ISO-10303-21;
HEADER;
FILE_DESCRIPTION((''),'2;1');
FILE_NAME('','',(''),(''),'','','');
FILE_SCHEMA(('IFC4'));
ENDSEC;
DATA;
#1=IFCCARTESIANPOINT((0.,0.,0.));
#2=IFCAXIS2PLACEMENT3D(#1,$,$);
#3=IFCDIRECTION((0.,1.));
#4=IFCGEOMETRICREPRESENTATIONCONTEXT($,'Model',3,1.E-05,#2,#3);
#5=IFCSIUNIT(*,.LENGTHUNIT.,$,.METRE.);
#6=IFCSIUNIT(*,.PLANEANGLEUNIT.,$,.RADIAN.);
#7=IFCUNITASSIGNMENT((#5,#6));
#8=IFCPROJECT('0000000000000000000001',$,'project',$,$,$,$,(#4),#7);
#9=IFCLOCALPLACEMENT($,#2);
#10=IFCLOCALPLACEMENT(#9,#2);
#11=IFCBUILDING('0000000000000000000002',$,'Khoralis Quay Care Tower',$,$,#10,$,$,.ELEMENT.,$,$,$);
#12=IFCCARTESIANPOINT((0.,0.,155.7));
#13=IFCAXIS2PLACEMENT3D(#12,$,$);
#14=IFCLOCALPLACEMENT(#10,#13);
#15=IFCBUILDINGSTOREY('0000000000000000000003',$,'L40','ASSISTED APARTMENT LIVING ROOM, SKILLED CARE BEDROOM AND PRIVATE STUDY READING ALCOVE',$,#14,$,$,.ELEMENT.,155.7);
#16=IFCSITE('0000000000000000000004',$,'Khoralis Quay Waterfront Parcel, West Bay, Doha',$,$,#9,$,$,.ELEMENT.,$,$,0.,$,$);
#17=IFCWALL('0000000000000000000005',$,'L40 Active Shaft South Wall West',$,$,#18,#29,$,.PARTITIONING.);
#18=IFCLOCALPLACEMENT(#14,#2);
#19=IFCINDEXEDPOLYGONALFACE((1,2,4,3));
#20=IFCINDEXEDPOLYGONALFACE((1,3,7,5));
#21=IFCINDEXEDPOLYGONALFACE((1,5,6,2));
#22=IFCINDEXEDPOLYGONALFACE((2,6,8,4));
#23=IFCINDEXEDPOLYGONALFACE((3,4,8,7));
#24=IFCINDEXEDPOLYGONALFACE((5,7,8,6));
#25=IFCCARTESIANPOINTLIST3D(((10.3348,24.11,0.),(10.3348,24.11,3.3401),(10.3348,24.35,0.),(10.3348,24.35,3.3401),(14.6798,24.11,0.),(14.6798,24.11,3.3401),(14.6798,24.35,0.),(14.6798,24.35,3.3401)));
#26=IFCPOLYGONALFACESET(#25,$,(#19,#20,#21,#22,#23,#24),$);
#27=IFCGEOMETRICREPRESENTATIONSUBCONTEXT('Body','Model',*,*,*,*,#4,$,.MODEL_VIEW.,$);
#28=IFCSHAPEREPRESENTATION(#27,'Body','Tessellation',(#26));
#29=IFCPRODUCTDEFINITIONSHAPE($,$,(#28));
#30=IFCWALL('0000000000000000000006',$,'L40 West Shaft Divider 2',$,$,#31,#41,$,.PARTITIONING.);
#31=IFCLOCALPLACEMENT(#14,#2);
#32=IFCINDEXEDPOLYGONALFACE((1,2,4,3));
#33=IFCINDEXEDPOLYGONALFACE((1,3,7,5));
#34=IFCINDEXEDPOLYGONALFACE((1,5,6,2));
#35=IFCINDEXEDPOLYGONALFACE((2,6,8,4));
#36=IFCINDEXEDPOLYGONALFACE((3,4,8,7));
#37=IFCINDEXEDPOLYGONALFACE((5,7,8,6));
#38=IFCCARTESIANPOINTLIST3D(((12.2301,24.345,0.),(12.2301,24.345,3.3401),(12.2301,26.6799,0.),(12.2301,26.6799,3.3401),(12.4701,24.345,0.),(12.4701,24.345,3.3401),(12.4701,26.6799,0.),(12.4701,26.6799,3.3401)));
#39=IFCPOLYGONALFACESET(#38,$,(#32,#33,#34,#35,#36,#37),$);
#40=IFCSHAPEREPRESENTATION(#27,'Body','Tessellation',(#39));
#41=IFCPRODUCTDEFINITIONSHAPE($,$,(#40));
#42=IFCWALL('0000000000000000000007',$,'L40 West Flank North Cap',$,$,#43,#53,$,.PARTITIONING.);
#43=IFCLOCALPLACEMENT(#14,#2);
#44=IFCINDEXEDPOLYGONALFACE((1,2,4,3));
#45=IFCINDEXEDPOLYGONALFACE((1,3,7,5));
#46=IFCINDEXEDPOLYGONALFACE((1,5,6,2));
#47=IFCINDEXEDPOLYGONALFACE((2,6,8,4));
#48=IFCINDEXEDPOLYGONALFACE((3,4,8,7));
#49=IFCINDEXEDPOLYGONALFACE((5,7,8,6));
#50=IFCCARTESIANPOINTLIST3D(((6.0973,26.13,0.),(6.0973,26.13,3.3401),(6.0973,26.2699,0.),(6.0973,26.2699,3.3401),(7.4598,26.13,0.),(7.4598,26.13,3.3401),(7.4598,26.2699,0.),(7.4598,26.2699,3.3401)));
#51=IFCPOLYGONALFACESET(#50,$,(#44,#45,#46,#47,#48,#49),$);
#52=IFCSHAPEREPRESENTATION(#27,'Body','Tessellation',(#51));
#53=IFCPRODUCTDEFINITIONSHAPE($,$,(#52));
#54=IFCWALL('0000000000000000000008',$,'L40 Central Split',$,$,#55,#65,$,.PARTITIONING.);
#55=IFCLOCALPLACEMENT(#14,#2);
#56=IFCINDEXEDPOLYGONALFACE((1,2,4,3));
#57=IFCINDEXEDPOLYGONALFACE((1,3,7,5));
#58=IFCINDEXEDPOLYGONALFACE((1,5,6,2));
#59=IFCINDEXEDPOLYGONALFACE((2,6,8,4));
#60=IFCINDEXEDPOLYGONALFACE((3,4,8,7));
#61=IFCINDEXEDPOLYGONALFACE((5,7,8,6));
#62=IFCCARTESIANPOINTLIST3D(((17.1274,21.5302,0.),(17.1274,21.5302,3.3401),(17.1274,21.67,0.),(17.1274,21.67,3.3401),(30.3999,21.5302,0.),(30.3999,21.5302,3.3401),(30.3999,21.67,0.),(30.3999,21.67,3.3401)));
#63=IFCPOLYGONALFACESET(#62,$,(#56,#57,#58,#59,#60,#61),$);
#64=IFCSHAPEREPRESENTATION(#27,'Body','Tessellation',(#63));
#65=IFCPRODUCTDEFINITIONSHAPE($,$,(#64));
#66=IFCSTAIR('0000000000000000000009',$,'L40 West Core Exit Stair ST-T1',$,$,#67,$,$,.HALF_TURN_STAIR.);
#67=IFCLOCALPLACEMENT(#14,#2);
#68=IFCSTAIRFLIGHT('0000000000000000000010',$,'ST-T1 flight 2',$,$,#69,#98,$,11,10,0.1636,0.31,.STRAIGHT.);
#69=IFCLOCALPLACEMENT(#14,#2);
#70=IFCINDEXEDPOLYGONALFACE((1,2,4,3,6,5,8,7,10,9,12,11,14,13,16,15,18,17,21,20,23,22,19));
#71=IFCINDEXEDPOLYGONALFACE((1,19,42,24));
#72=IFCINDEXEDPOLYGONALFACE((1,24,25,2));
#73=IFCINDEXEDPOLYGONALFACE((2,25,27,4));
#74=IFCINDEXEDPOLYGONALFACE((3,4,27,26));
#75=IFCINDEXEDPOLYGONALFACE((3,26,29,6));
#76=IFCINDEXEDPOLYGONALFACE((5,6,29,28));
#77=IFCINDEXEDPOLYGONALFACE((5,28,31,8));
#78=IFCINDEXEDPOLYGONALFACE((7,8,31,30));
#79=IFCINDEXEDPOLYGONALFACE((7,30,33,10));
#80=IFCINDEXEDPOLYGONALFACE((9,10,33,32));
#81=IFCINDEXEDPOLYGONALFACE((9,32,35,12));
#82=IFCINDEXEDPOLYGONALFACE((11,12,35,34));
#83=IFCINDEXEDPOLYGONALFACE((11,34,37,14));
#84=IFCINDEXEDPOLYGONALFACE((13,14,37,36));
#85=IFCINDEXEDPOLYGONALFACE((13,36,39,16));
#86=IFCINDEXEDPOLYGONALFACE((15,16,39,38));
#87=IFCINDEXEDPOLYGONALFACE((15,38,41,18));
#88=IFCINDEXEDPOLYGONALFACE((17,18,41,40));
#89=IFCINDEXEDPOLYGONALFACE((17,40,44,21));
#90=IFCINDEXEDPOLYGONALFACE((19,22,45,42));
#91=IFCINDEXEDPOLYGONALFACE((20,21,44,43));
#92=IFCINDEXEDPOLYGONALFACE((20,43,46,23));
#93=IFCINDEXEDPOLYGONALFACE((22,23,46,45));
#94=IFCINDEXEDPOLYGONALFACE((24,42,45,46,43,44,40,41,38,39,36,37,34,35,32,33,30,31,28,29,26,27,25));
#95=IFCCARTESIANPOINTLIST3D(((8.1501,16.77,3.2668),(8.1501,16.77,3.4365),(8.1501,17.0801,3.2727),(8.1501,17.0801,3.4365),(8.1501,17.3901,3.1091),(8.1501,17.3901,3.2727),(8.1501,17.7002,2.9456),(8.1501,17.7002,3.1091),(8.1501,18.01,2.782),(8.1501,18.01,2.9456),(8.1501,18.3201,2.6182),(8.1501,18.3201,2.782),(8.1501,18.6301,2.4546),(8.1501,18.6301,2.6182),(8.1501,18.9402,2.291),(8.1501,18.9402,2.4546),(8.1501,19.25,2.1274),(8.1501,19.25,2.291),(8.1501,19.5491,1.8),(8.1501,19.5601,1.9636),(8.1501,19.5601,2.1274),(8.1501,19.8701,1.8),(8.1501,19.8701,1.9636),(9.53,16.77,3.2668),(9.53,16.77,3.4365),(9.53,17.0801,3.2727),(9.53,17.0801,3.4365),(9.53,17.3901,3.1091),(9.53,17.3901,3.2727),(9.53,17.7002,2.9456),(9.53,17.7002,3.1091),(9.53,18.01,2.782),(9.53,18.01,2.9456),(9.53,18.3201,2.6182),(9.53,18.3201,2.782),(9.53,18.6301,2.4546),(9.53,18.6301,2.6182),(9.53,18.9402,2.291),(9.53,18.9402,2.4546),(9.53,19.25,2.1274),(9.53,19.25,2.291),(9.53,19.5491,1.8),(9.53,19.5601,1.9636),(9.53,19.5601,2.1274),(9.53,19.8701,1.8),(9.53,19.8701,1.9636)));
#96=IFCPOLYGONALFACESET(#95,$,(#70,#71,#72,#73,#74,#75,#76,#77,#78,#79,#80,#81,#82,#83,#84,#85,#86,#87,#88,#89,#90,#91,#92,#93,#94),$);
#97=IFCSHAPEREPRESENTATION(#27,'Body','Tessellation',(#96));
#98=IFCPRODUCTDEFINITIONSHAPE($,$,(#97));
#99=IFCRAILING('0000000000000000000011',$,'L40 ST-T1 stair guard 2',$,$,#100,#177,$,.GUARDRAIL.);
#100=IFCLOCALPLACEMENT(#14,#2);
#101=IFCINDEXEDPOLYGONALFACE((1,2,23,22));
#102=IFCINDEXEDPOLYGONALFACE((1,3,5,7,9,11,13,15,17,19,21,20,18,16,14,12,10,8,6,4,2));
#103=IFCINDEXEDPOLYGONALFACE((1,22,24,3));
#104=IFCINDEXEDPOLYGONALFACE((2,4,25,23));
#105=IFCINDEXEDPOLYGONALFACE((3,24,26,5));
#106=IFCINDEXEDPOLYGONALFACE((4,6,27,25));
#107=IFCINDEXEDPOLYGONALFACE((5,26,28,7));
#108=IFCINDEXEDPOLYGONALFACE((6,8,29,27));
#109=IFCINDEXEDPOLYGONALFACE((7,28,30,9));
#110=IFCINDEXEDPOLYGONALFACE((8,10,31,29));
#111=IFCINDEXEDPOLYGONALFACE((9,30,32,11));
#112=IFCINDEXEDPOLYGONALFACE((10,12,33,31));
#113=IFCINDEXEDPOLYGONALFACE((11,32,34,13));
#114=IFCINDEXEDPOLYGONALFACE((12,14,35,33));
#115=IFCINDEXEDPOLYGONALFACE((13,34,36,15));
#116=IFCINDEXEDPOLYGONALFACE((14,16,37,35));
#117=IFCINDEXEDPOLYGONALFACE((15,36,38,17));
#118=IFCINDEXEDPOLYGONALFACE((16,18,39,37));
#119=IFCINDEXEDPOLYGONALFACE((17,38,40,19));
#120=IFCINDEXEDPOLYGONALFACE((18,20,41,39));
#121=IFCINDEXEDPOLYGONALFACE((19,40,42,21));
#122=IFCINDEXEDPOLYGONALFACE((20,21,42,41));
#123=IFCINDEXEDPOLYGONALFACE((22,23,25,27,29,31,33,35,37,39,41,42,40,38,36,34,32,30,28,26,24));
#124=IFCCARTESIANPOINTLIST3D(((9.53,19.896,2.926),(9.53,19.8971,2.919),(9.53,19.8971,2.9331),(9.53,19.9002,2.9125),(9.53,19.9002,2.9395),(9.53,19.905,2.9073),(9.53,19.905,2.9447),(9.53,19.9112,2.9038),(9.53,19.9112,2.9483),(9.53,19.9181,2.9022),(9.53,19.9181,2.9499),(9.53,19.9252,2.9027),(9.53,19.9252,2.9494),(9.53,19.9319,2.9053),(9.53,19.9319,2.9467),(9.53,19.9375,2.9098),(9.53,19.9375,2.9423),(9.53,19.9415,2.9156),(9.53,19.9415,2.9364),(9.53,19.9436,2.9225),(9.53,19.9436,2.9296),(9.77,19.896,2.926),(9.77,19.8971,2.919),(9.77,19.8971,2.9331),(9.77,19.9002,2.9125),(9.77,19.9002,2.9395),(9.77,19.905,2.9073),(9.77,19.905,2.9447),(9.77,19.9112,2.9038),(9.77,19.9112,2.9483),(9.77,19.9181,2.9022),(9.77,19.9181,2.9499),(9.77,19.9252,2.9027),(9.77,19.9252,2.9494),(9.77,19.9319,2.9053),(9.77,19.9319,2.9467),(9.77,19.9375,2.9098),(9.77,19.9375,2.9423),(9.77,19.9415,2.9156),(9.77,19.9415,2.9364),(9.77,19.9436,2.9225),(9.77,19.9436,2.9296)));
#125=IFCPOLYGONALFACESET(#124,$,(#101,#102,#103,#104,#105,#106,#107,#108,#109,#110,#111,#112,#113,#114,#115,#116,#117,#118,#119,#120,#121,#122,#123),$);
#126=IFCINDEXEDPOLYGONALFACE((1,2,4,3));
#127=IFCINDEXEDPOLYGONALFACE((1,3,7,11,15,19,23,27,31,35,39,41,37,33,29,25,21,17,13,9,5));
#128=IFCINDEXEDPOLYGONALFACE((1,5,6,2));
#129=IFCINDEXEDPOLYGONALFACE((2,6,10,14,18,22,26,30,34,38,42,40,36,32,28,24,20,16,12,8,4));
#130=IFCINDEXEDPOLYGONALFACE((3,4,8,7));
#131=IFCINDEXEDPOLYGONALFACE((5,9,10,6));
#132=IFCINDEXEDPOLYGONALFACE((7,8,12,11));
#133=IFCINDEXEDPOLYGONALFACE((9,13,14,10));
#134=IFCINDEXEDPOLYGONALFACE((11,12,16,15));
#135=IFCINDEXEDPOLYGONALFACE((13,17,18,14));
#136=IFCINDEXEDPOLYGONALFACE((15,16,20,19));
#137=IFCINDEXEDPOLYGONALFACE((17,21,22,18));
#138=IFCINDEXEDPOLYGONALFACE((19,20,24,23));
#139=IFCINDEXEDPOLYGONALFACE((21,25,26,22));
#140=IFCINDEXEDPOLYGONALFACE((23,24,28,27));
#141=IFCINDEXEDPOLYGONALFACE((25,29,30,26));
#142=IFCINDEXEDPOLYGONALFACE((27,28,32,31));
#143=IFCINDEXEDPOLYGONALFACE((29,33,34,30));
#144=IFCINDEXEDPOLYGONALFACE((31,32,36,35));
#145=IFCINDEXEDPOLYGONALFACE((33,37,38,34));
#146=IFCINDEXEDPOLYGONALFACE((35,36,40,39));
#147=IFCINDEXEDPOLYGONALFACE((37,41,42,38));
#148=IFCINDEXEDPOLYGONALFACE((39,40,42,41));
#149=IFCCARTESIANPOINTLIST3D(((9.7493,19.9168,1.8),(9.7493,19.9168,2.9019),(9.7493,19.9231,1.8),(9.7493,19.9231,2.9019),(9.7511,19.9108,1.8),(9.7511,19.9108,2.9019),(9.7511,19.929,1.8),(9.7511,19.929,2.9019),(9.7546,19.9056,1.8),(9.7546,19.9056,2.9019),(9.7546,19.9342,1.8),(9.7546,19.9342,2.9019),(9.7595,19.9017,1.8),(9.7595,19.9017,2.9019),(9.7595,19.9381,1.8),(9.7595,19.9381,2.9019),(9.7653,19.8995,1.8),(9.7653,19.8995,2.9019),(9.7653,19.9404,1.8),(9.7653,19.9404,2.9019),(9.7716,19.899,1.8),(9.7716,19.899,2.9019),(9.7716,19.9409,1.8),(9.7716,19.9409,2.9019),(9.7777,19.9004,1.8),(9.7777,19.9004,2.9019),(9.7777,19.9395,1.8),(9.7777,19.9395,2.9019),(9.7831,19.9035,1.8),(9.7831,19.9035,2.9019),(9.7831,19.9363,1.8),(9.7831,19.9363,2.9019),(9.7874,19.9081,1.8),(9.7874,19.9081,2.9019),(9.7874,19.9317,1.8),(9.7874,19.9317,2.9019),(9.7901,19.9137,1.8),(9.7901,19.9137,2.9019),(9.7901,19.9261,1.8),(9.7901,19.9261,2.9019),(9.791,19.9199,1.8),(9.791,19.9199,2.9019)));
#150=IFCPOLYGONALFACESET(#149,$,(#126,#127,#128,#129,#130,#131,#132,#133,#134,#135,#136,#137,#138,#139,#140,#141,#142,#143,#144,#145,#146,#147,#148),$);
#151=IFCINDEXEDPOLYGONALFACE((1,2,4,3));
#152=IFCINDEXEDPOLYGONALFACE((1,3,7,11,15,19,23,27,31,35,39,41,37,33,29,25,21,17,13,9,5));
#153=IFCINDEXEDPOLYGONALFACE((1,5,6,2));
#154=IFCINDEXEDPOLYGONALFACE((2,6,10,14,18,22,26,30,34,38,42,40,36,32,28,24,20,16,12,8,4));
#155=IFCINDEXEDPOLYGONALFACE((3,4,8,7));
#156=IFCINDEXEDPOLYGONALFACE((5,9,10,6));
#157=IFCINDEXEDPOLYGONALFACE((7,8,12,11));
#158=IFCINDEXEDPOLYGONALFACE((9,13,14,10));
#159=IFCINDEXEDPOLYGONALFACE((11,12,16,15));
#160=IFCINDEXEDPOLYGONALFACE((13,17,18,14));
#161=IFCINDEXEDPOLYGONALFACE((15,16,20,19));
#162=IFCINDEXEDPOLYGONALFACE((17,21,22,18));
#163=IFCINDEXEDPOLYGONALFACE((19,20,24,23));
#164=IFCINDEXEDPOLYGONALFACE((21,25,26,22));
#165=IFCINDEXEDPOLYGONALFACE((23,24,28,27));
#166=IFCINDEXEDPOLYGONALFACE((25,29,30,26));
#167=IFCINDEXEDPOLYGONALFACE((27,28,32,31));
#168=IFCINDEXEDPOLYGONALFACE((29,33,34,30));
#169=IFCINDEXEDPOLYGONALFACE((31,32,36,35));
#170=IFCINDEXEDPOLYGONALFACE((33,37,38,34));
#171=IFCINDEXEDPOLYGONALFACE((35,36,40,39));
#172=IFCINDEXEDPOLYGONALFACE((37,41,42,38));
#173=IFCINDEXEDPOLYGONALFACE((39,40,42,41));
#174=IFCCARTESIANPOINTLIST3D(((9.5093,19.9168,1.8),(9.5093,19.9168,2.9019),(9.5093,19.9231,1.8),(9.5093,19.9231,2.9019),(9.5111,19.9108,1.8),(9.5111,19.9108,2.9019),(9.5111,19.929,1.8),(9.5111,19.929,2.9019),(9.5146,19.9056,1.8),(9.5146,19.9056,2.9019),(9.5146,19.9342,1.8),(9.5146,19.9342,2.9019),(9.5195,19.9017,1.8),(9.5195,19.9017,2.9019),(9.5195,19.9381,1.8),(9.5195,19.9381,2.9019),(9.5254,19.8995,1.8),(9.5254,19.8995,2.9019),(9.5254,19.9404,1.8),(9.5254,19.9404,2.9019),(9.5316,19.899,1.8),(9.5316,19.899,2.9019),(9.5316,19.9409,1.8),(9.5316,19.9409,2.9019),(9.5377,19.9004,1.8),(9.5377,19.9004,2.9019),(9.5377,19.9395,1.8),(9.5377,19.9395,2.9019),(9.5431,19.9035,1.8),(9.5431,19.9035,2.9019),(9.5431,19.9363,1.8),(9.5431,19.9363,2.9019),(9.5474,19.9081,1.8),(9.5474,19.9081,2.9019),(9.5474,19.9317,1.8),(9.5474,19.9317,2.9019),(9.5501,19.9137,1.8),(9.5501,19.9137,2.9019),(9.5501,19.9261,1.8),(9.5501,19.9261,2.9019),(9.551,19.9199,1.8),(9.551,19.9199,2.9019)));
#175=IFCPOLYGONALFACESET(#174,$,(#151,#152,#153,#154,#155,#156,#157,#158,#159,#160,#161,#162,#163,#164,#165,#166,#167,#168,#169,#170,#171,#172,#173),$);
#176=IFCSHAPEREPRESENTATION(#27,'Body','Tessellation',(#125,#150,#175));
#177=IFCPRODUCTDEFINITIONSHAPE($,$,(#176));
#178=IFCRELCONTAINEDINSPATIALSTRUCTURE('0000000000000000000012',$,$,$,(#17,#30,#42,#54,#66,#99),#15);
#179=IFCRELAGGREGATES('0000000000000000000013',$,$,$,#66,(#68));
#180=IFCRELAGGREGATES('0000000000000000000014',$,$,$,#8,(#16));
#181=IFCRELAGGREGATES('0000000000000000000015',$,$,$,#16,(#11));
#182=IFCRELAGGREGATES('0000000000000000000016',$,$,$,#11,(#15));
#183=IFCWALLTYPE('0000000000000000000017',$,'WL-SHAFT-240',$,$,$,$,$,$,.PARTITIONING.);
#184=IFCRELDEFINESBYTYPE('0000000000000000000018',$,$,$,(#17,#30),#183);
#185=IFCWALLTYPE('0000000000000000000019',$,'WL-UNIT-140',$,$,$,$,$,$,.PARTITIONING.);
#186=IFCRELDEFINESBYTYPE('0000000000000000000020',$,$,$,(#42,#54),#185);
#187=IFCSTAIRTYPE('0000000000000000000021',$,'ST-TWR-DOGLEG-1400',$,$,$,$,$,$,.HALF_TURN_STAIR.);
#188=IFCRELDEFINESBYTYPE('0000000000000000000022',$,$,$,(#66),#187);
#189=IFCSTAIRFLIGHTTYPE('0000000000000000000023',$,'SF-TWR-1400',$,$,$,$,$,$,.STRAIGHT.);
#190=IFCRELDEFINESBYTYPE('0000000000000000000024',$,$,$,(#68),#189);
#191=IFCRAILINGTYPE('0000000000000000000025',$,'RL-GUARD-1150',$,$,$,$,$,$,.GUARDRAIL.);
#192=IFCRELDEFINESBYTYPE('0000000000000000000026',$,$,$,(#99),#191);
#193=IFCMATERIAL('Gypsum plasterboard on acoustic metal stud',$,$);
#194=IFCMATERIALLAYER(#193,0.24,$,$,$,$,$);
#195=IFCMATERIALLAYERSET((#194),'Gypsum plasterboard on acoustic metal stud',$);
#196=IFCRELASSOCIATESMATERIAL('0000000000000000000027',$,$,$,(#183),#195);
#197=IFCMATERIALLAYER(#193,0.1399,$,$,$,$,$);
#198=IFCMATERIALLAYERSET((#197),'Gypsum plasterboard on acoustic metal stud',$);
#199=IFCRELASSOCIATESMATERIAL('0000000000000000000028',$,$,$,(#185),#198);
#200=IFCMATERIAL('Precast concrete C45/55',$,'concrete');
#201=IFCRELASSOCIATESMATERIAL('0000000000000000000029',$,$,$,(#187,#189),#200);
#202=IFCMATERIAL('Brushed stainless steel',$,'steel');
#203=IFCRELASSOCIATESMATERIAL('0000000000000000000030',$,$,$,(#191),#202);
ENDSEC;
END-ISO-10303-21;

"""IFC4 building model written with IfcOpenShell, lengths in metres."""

from ifc_helpers import new_model, si_unit, direction, frame, frame_2d, origin, origin_2d, place, context, subcontext, project, spatial, polyline, rectangle, circle, outline, extrude, source, transform, mapped, material, layer, layer_set, type_object, element, aggregate, save


model = new_model("IFC4")

# Units and contexts
model_context = context("Model", 3, precision=1e-05, world=origin(), true_north=direction((0.0, 1.0)))
body_context = subcontext(model_context, "Body", "Model", "MODEL_VIEW")
ifc_project = project(units=[si_unit("LENGTHUNIT", "METRE"), si_unit("PLANEANGLEUNIT", "RADIAN")], contexts=[model_context])

# Site, building, storey
site_placement = place(None, origin())
site = spatial("IfcSite", under=ifc_project, at=site_placement, Name="Khoralis Quay Waterfront Parcel, West Bay, Doha", CompositionType="ELEMENT", RefElevation=0.0)
building_placement = place(site_placement, origin())
building = spatial("IfcBuilding", under=site, at=building_placement, Name="Khoralis Quay Care Tower", CompositionType="ELEMENT")
storey_placement = place(building_placement, frame((0.0, 0.0, 155.7)))
storey = spatial("IfcBuildingStorey", under=building, at=storey_placement, Name="L40", Description="ASSISTED APARTMENT LIVING ROOM, SKILLED CARE BEDROOM AND PRIVATE STUDY READING ALCOVE", CompositionType="ELEMENT", Elevation=155.7)

# Shared definitions
ifc_material_1 = material(Name="Brushed stainless steel", Category="steel")

# Walls
ifc_material_2 = material(Name="Gypsum plasterboard on acoustic metal stud")
ifc_layer_1 = layer(ifc_material_2, 0.24)
ifc_layer_set_1 = layer_set([ifc_layer_1], Name="Gypsum plasterboard on acoustic metal stud")
wall_type_1 = type_object("IfcWallType", Name="WL-SHAFT-240", PredefinedType="PARTITIONING", material=ifc_layer_set_1)
wall_1_placement = place(storey_placement, frame((10.335, 24.23, 0.0), z_axis=(0.0, 0.0, 1.0), x_axis=(1.0, 0.0, 0.0)))
element("IfcWall", 1, at=wall_1_placement, inside=storey, type_object=wall_type_1, Name="L40 Active Shaft South Wall West", PredefinedType="PARTITIONING", context=body_context, shape_type="SweptSolid", body=[
    extrude(rectangle(XDim=4.345, YDim=0.24, at=frame_2d((2.1724, 0.0))), origin(), (0.0, 0.0, 1.0), 3.3401),
])
wall_2_placement = place(storey_placement, frame((12.3501, 24.345, 0.0), z_axis=(0.0, 0.0, 1.0), x_axis=(0.0, 1.0, 0.0)))
element("IfcWall", 2, at=wall_2_placement, inside=storey, type_object=wall_type_1, Name="L40 West Shaft Divider 2", PredefinedType="PARTITIONING", context=body_context, shape_type="SweptSolid", body=[
    extrude(rectangle(XDim=2.335, YDim=0.24, at=frame_2d((1.1675, 0.0))), origin(), (0.0, 0.0, 1.0), 3.3401),
])
ifc_layer_2 = layer(ifc_material_2, 0.1399)
ifc_layer_set_2 = layer_set([ifc_layer_2], Name="Gypsum plasterboard on acoustic metal stud")
wall_type_2 = type_object("IfcWallType", Name="WL-UNIT-140", PredefinedType="PARTITIONING", material=ifc_layer_set_2)
wall_3_placement = place(storey_placement, frame((6.0974, 26.2, 0.0), z_axis=(0.0, 0.0, 1.0), x_axis=(1.0, 0.0, 0.0)))
element("IfcWall", 3, at=wall_3_placement, inside=storey, type_object=wall_type_2, Name="L40 West Flank North Cap", PredefinedType="PARTITIONING", context=body_context, shape_type="SweptSolid", body=[
    extrude(rectangle(XDim=1.3625, YDim=0.1399, at=frame_2d((0.6812, 0.0))), origin(), (0.0, 0.0, 1.0), 3.3401),
])
wall_4_placement = place(storey_placement, frame((17.1274, 21.6001, 0.0), z_axis=(0.0, 0.0, 1.0), x_axis=(1.0, 0.0, 0.0)))
element("IfcWall", 4, at=wall_4_placement, inside=storey, type_object=wall_type_2, Name="L40 Central Split", PredefinedType="PARTITIONING", context=body_context, shape_type="SweptSolid", body=[
    extrude(rectangle(XDim=13.2725, YDim=0.1399, at=frame_2d((6.6362, 0.0))), origin(), (0.0, 0.0, 1.0), 3.3401),
])

# Stair, stair flight
ifc_material_3 = material(Name="Precast concrete C45/55", Category="concrete")
stair_type = type_object("IfcStairType", Name="ST-TWR-DOGLEG-1400", PredefinedType="HALF_TURN_STAIR", material=ifc_material_3)
stair_placement = place(storey_placement, origin())
stair = element("IfcStair", 5, at=stair_placement, inside=storey, type_object=stair_type, Name="L40 West Core Exit Stair ST-T1", PredefinedType="HALF_TURN_STAIR")
stair_flight_type = type_object("IfcStairFlightType", Name="SF-TWR-1400", PredefinedType="STRAIGHT", material=ifc_material_3)
shared_shape_1 = source(origin(), body_context, "Body", "SweptSolid", [
    extrude(outline(polyline([(0.0, 0.0), (0.0, 0.1636), (0.3101, 0.1636), (0.3101, 0.3274), (0.6201, 0.3274), (0.6201, 0.491), (0.9299, 0.491), (0.9299, 0.6545), (1.24, 0.6545), (1.24, 0.8181), (1.55, 0.8181), (1.55, 0.9819), (1.8601, 0.9819), (1.8601, 1.1455), (2.1699, 1.1455), (2.1699, 1.3091), (2.48, 1.3091), (2.48, 1.4727), (2.79, 1.4727), (2.79, 1.6365), (3.1001, 1.6365), (3.1001, 1.8), (3.1001, 1.4668), (0.321, 0.0), (0.0, 0.0)])), frame((0.0, 0.6899, 0.0), z_axis=(0.0, -1.0, 0.0), x_axis=(1.0, 0.0, 0.0)), (0.0, 0.0, 1.0), 1.3799),
])
stair_flight_placement = place(storey_placement, frame((8.8401, 19.8701, 1.8), z_axis=(0.0, 0.0, 1.0), x_axis=(0.0, -1.0, 0.0)))
stair_flight = element("IfcStairFlight", 6, at=stair_flight_placement, type_object=stair_flight_type, Name="ST-T1 flight 2", NumberOfRisers=11, NumberOfTreads=10, PredefinedType="STRAIGHT", RiserHeight=0.1636, TreadLength=0.31, context=body_context, shape_type="MappedRepresentation", body=[
    mapped(shared_shape_1, transform((0.0, 0.0, 0.0), scale=1.0)),
])
aggregate(stair, [stair_flight])

# Railing
railing_type_1 = type_object("IfcRailingType", Name="RL-GUARD-1150", PredefinedType="GUARDRAIL", material=ifc_material_1)
railing_1_placement = place(storey_placement, frame((9.77, 19.9199, 1.8)))
element("IfcRailing", 7, at=railing_1_placement, inside=storey, type_object=railing_type_1, Name="L40 ST-T1 stair guard 2", PredefinedType="GUARDRAIL", context=body_context, shape_type="SweptSolid", body=[
    extrude(circle(Radius=0.0239, at=origin_2d()), frame((0.0, 0.0, 1.126), z_axis=(-1.0, 0.0, 0.0), x_axis=(0.0, -1.0, 0.0)), (0.0, 0.0, 1.0), 0.24),
    extrude(circle(Radius=0.021, at=origin_2d()), origin(), (0.0, 0.0, 1.0), 1.1018),
    extrude(circle(Radius=0.021, at=origin_2d()), frame((-0.24, 0.0, 0.0)), (0.0, 0.0, 1.0), 1.1018),
])

save(model, "model.ifc")
